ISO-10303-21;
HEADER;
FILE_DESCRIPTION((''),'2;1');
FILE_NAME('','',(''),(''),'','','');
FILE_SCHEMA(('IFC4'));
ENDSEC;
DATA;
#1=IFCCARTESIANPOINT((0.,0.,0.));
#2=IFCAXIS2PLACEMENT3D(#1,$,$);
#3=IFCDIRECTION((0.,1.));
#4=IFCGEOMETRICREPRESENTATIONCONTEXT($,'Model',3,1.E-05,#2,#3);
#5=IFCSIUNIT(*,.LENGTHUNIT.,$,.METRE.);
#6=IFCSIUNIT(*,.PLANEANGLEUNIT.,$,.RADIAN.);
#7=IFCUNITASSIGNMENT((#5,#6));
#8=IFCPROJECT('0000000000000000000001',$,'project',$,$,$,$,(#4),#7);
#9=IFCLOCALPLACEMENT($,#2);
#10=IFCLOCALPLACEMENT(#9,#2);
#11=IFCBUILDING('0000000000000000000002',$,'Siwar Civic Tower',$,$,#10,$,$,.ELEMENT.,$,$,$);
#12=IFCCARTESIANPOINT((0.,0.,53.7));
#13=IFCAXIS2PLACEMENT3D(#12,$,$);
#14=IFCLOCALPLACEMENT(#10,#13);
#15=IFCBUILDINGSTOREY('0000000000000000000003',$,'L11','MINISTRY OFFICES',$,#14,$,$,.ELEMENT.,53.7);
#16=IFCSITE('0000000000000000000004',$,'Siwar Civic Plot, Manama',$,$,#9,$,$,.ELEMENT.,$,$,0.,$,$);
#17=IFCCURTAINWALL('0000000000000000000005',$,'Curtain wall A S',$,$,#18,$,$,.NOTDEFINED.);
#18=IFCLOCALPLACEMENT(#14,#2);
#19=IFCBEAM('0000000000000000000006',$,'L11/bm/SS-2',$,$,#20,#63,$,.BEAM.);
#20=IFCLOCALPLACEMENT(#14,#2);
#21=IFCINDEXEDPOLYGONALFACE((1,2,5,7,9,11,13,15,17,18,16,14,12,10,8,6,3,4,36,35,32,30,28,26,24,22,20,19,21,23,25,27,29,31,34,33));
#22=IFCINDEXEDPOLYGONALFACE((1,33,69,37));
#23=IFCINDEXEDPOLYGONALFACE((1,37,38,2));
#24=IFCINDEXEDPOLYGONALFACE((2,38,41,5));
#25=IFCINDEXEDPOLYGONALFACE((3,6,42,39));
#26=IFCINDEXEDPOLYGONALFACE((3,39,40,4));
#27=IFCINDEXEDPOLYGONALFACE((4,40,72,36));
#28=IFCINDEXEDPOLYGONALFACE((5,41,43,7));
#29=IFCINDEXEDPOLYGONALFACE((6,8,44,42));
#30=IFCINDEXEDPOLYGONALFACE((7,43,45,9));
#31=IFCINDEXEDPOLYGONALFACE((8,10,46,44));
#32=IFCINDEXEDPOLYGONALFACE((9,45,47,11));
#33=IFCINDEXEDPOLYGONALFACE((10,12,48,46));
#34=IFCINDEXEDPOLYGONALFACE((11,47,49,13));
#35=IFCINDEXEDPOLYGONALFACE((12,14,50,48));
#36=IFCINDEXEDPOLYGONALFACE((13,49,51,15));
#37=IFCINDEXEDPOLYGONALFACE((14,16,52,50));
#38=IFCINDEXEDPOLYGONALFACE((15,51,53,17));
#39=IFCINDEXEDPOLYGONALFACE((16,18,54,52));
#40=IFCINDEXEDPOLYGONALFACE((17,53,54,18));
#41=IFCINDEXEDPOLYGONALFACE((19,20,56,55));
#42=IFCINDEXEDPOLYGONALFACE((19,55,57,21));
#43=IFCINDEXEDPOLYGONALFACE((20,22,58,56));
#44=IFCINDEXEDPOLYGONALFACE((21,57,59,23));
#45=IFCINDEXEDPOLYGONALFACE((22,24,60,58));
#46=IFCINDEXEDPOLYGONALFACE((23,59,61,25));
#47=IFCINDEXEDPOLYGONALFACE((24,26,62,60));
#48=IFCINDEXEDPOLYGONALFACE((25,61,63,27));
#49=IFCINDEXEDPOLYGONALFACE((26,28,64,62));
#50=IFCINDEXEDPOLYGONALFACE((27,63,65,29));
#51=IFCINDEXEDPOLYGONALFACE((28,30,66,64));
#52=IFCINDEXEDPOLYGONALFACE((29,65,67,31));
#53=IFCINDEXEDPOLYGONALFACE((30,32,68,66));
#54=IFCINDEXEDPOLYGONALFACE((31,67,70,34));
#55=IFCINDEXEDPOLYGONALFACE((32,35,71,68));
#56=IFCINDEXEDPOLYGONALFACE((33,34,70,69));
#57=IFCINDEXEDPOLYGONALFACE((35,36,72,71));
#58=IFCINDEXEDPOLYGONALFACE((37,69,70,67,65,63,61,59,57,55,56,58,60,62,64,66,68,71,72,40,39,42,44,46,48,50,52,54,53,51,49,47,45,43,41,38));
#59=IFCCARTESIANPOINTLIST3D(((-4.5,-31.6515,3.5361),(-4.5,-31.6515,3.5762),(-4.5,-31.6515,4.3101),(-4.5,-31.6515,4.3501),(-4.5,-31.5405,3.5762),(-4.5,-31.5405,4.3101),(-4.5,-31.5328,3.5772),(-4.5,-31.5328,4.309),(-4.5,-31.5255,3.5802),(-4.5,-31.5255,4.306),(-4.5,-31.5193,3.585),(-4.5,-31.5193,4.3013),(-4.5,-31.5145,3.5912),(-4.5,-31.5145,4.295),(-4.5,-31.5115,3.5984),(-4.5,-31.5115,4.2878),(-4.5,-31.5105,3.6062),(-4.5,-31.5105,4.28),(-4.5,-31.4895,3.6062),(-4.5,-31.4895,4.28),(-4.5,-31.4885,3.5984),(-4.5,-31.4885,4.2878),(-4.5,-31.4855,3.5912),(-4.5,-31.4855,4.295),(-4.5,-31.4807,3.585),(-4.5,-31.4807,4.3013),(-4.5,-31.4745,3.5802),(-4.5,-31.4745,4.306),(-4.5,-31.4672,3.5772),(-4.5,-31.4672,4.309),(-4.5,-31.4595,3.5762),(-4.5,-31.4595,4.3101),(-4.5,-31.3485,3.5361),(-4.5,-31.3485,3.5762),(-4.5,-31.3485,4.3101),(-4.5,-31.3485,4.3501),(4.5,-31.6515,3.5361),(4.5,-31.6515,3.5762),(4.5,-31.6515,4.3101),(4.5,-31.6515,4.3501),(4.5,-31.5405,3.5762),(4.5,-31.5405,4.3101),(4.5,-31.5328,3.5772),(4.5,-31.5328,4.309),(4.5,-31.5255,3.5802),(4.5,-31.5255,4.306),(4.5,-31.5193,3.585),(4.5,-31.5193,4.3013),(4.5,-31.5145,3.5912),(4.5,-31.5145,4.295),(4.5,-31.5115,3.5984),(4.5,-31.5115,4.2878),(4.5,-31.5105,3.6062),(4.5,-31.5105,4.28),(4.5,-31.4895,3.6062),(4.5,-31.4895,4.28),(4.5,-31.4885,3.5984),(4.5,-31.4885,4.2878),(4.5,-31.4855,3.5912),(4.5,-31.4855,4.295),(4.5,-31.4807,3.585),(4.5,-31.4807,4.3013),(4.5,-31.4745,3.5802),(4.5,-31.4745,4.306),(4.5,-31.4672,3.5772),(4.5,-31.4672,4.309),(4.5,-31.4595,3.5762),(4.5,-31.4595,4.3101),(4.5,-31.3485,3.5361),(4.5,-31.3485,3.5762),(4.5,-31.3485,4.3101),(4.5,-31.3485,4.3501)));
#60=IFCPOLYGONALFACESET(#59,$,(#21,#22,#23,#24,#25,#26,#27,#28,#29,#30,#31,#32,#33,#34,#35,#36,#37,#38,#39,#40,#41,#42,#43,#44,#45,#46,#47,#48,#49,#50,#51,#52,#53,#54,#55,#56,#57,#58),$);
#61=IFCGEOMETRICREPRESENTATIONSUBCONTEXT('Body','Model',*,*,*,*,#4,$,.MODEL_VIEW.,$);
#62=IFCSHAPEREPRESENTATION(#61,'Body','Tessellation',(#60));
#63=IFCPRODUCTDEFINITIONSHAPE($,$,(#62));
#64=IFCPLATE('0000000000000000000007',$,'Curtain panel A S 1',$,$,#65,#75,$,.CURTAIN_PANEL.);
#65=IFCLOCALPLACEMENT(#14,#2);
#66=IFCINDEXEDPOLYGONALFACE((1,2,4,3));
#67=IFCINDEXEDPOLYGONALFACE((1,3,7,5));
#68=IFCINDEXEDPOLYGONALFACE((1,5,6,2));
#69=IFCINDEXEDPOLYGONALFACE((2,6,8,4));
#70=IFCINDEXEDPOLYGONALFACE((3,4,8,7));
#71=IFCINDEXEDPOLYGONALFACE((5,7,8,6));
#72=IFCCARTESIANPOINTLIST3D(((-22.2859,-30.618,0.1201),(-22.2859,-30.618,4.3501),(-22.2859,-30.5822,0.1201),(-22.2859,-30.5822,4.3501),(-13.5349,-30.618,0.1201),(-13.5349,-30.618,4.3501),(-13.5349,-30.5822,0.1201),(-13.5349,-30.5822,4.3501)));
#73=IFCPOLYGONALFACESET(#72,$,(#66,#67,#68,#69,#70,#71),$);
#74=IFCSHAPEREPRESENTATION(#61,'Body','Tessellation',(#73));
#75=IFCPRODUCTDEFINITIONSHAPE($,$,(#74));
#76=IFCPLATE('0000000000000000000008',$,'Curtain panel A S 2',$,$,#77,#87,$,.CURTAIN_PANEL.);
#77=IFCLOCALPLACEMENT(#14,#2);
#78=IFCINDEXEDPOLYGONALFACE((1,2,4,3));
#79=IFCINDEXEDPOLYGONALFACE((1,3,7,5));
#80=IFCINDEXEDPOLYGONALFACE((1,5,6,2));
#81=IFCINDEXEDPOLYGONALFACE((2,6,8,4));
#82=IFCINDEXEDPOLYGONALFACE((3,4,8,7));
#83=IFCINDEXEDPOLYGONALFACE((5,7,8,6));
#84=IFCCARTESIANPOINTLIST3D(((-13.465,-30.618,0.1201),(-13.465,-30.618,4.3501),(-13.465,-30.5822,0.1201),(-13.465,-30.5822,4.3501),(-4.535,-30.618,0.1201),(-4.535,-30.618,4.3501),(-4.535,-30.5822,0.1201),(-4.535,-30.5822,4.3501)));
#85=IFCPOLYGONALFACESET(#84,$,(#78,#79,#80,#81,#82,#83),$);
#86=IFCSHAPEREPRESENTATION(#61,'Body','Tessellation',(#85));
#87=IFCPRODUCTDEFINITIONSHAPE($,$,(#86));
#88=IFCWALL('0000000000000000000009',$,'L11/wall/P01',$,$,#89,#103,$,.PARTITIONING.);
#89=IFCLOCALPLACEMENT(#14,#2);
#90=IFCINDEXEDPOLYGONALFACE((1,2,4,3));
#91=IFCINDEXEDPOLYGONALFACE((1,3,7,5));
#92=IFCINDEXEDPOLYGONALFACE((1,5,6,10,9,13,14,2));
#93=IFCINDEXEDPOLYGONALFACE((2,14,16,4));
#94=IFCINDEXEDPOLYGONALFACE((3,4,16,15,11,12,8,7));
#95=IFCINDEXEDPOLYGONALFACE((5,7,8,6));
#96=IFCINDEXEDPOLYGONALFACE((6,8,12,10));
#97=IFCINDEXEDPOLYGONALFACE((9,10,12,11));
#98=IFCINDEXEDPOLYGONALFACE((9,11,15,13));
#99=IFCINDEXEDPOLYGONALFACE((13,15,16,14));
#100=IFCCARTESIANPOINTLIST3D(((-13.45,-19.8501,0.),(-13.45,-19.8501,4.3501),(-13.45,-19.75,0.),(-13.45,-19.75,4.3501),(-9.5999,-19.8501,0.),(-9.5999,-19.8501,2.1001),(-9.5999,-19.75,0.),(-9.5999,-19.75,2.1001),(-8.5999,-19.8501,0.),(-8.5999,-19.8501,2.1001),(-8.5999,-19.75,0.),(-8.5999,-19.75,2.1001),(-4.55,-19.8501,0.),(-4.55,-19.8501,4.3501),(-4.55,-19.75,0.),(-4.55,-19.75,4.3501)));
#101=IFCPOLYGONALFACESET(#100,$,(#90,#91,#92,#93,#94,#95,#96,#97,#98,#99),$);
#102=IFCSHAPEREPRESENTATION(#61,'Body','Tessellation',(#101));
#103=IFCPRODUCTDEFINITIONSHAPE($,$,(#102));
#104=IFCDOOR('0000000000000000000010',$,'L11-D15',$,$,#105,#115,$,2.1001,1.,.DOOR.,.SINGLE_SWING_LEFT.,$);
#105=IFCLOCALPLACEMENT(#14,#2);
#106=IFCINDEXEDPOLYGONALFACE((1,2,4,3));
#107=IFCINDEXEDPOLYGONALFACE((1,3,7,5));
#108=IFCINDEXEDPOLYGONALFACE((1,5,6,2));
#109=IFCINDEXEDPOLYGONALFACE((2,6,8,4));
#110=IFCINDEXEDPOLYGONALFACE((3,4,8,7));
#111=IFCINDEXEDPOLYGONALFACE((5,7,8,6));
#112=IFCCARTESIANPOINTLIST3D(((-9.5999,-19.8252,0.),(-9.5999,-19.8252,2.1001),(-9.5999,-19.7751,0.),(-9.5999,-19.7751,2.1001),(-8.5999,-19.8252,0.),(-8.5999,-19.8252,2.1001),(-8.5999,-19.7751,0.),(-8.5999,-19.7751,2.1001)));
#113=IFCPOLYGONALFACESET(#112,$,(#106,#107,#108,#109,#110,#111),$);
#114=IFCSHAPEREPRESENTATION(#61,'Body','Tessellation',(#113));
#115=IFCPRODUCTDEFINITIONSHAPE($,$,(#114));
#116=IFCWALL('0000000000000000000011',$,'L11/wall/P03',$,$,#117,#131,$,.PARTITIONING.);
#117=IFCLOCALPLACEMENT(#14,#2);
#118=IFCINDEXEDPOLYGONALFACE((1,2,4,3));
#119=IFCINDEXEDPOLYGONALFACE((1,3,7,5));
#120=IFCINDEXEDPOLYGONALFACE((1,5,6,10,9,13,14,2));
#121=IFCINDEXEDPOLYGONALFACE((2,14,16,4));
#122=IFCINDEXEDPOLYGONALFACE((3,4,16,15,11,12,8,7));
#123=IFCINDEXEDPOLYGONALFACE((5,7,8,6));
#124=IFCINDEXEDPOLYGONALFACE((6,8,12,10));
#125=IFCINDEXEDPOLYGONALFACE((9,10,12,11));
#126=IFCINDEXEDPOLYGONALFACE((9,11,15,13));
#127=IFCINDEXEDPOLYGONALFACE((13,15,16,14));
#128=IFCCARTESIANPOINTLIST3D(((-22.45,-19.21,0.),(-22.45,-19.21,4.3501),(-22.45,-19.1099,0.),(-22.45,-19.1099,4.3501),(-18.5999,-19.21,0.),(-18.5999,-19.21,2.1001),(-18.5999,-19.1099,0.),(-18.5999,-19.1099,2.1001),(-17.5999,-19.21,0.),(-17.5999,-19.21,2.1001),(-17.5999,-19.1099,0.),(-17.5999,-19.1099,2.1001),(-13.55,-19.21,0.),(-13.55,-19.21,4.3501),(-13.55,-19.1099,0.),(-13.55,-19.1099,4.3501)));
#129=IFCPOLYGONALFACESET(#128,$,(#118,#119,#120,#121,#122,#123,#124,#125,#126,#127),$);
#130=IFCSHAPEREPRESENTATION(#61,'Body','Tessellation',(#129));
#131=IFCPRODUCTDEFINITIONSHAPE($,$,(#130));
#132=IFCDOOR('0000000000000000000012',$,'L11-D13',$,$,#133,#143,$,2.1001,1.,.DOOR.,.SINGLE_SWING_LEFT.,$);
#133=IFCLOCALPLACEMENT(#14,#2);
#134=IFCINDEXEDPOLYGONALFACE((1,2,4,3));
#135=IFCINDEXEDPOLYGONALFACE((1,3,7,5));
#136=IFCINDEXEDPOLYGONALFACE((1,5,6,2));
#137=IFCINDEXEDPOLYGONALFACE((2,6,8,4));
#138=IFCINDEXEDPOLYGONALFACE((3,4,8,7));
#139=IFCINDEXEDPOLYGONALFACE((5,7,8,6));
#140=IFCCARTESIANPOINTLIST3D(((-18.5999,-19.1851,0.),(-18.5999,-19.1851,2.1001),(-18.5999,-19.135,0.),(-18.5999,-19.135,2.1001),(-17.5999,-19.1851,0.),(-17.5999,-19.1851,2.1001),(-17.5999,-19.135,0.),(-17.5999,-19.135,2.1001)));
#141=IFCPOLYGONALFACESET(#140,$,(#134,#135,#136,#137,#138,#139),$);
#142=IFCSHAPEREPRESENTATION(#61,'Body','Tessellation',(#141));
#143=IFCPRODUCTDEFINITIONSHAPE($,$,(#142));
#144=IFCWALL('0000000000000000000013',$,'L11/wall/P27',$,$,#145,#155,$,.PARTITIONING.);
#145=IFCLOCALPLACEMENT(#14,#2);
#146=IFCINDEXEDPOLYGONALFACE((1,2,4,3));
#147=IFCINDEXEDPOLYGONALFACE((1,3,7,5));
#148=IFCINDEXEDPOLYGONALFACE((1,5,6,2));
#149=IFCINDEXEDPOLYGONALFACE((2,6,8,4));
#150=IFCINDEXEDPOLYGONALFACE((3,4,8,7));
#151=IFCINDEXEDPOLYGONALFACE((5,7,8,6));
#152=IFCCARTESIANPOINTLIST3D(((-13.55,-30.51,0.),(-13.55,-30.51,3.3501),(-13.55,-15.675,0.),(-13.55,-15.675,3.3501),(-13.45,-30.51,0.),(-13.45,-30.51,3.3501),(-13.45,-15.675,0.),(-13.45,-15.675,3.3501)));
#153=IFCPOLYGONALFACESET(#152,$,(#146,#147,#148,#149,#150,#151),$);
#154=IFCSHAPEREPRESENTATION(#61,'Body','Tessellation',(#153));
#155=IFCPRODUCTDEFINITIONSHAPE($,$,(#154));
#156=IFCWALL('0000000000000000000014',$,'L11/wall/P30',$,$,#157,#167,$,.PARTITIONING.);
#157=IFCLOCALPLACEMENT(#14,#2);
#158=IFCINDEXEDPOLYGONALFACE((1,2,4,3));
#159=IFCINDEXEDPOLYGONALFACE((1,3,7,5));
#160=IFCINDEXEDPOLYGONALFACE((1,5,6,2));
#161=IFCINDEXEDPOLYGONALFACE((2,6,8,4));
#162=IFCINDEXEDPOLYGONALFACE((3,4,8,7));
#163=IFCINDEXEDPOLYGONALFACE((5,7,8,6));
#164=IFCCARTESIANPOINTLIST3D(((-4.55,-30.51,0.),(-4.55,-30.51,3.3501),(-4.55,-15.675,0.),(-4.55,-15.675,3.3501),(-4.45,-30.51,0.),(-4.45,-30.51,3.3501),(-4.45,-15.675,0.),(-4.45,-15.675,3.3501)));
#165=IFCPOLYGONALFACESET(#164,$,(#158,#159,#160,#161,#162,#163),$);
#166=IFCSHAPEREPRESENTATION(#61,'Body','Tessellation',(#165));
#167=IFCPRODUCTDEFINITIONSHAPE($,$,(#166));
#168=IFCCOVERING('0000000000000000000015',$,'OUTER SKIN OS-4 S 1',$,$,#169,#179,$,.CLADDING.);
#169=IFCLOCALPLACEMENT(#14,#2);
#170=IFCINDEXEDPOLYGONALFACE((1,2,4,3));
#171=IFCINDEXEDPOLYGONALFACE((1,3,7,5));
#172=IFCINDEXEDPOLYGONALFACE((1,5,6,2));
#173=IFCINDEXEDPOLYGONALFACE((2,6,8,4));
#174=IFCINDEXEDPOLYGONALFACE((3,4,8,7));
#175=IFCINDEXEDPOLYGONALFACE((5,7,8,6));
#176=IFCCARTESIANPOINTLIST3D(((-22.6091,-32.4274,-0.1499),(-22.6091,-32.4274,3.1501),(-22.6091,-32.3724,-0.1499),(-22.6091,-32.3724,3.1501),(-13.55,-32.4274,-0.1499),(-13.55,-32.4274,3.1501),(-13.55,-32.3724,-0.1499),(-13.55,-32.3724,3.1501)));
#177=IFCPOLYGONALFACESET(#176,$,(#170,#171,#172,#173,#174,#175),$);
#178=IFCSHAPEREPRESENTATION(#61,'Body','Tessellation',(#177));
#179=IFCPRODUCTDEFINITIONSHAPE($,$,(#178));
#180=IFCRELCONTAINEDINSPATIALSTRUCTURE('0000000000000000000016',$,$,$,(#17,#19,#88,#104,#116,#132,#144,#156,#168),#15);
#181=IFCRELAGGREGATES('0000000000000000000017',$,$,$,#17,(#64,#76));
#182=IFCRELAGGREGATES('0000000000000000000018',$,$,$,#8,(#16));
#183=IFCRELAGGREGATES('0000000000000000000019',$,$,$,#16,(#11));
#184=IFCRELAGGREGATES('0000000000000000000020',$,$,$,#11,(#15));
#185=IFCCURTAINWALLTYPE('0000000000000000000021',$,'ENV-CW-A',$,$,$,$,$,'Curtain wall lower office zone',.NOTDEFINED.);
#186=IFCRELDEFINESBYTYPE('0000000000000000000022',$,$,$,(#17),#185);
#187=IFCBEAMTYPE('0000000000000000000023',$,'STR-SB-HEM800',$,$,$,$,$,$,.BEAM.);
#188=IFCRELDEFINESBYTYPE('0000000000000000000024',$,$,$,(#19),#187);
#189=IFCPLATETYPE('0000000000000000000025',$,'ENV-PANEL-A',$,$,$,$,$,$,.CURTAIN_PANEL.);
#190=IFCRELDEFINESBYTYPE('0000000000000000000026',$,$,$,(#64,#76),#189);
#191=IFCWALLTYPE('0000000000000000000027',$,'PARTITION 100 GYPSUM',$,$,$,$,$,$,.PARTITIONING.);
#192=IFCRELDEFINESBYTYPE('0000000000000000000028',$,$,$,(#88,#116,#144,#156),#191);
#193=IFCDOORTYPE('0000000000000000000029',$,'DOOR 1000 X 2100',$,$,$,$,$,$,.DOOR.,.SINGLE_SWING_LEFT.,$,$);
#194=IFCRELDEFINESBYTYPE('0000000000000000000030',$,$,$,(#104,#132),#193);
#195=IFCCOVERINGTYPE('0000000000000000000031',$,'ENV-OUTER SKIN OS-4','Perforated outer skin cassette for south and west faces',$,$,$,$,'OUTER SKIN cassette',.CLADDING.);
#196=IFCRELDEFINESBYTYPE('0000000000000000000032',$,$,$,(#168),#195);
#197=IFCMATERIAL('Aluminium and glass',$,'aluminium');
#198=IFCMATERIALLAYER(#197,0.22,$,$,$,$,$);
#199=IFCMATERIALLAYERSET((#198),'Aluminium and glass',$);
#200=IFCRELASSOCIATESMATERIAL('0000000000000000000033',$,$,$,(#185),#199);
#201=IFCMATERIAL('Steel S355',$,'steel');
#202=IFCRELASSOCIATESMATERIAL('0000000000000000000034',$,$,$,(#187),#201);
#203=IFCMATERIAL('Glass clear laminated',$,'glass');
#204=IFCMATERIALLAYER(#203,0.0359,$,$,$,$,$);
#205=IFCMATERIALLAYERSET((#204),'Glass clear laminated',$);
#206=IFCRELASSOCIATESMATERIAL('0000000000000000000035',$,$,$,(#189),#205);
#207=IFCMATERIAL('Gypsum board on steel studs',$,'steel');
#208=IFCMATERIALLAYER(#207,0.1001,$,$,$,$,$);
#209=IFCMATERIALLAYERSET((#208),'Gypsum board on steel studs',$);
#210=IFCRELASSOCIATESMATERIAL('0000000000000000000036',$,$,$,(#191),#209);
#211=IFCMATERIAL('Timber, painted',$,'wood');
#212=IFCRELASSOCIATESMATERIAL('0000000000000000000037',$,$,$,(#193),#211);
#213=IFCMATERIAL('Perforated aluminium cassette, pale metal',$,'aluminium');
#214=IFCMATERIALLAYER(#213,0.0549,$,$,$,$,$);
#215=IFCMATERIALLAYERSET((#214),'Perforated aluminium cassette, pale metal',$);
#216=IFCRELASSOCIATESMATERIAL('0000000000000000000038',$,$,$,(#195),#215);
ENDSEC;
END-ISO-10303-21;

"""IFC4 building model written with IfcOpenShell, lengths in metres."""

from ifc_helpers import new_model, si_unit, direction, frame, frame_2d, origin, origin_2d, place, context, subcontext, project, spatial, rectangle, i_section, extrude, material, layer, layer_set, material_profile, profile_set, type_object, element, fill, aggregate, save


model = new_model("IFC4")

# Units and contexts
model_context = context("Model", 3, precision=1e-05, world=origin(), true_north=direction((0.0, 1.0)))
body_context = subcontext(model_context, "Body", "Model", "MODEL_VIEW")
ifc_project = project(units=[si_unit("LENGTHUNIT", "METRE"), si_unit("PLANEANGLEUNIT", "RADIAN")], contexts=[model_context])

# Site, building, storey
site_placement = place(None, origin())
site = spatial("IfcSite", under=ifc_project, at=site_placement, Name="Siwar Civic Plot, Manama", CompositionType="ELEMENT", RefElevation=0.0)
building_placement = place(site_placement, origin())
building = spatial("IfcBuilding", under=site, at=building_placement, Name="Siwar Civic Tower", CompositionType="ELEMENT")
storey_placement = place(building_placement, frame((0.0, 0.0, 53.7)))
storey = spatial("IfcBuildingStorey", under=building, at=storey_placement, Name="L11", Description="MINISTRY OFFICES", CompositionType="ELEMENT", Elevation=53.7)

# Curtain wall
ifc_material_1 = material(Name="Aluminium and glass", Category="aluminium")
ifc_layer_1 = layer(ifc_material_1, 0.22)
ifc_layer_set_1 = layer_set([ifc_layer_1], Name="Aluminium and glass")
curtain_wall_type = type_object("IfcCurtainWallType", Name="ENV-CW-A", ElementType="Curtain wall lower office zone", PredefinedType="NOTDEFINED", material=ifc_layer_set_1)
curtain_wall_placement = place(storey_placement, origin())
curtain_wall = element("IfcCurtainWall", 1, at=curtain_wall_placement, inside=storey, type_object=curtain_wall_type, Name="Curtain wall A S", PredefinedType="NOTDEFINED")

# Beam
ifc_material_2 = material(Name="Steel S355", Category="steel")
ifc_material_profile_1 = material_profile(ifc_material_2, i_section(OverallWidth=0.303, OverallDepth=0.814, WebThickness=0.021, FlangeThickness=0.04, FilletRadius=0.03, at=origin_2d()), Name="HEM800")
ifc_profile_set_1 = profile_set([ifc_material_profile_1], Name="Steel S355")
beam_type_1 = type_object("IfcBeamType", Name="STR-SB-HEM800", PredefinedType="BEAM", material=ifc_profile_set_1)
for number, where, z_axis, x_axis, name in (
    (2, (-4.5, -31.5, 3.9431), (1.0, 0.0, 0.0), (0.0, 1.0, 0.0), "L11/bm/SS-2"),
):
    element("IfcBeam", number, at=place(storey_placement, frame(where, z_axis=z_axis, x_axis=x_axis)), inside=storey, type_object=beam_type_1, Name=name, PredefinedType="BEAM", context=body_context, shape_type="SweptSolid", body=[
        extrude(i_section(OverallWidth=0.303, OverallDepth=0.814, WebThickness=0.021, FlangeThickness=0.04, FilletRadius=0.03, at=origin_2d()), origin(), (0.0, 0.0, 1.0), 9.0),
    ])

# Plates
ifc_material_3 = material(Name="Glass clear laminated", Category="glass")
ifc_layer_2 = layer(ifc_material_3, 0.0359)
ifc_layer_set_2 = layer_set([ifc_layer_2], Name="Glass clear laminated")
plate_type = type_object("IfcPlateType", Name="ENV-PANEL-A", PredefinedType="CURTAIN_PANEL", material=ifc_layer_set_2)
plate_1_placement = place(storey_placement, frame((-17.9104, -30.6001, 0.1201), z_axis=(0.0, 0.0, 1.0), x_axis=(1.0, 0.0, 0.0)))
plate_1 = element("IfcPlate", 3, at=plate_1_placement, type_object=plate_type, Name="Curtain panel A S 1", PredefinedType="CURTAIN_PANEL", context=body_context, shape_type="SweptSolid", body=[
    extrude(rectangle(XDim=8.751, YDim=0.0359, at=origin_2d()), origin(), (0.0, 0.0, 1.0), 4.23),
])
plate_2_placement = place(storey_placement, frame((-9.0, -30.6001, 0.1201), z_axis=(0.0, 0.0, 1.0), x_axis=(1.0, 0.0, 0.0)))
plate_2 = element("IfcPlate", 4, at=plate_2_placement, type_object=plate_type, Name="Curtain panel A S 2", PredefinedType="CURTAIN_PANEL", context=body_context, shape_type="SweptSolid", body=[
    extrude(rectangle(XDim=8.9299, YDim=0.0359, at=origin_2d()), origin(), (0.0, 0.0, 1.0), 4.23),
])
aggregate(curtain_wall, [plate_1, plate_2])

# Walls, openings, doors
ifc_material_4 = material(Name="Gypsum board on steel studs", Category="steel")
ifc_layer_3 = layer(ifc_material_4, 0.1001)
ifc_layer_set_3 = layer_set([ifc_layer_3], Name="Gypsum board on steel studs")
wall_type = type_object("IfcWallType", Name="PARTITION 100 GYPSUM", PredefinedType="PARTITIONING", material=ifc_layer_set_3)
wall_1_placement = place(storey_placement, frame((-13.45, -19.8, 0.0), z_axis=(0.0, 0.0, 1.0), x_axis=(1.0, 0.0, 0.0)))
wall_1 = element("IfcWall", 5, at=wall_1_placement, inside=storey, type_object=wall_type, Name="L11/wall/P01", PredefinedType="PARTITIONING", context=body_context, shape_type="SweptSolid", body=[
    extrude(rectangle(XDim=8.8999, YDim=0.1001, at=frame_2d((4.45, 0.0))), origin(), (0.0, 0.0, 1.0), 4.3501),
])
opening_1_placement = place(wall_1_placement, frame((3.8501, 0.0, 0.0)))
opening_1 = element("IfcOpeningElement", 6, at=opening_1_placement, cuts=wall_1, PredefinedType="OPENING", context=body_context, shape_type="SweptSolid", body=[
    extrude(rectangle(XDim=1.0, YDim=2.1001, at=frame_2d((0.5, 1.05))), frame((0.0, 0.0601, 0.0), z_axis=(0.0, -1.0, 0.0), x_axis=(1.0, 0.0, 0.0)), (0.0, 0.0, 1.0), 0.1201),
])
ifc_material_5 = material(Name="Timber, painted", Category="wood")
door_type = type_object("IfcDoorType", Name="DOOR 1000 X 2100", OperationType="SINGLE_SWING_LEFT", PredefinedType="DOOR", material=ifc_material_5)
door_1_placement = place(opening_1_placement, origin())
door_1 = element("IfcDoor", 7, at=door_1_placement, inside=storey, type_object=door_type, Name="L11-D15", OperationType="SINGLE_SWING_LEFT", OverallHeight=2.1001, OverallWidth=1.0, PredefinedType="DOOR", context=body_context, shape_type="SweptSolid", body=[
    extrude(rectangle(XDim=1.0, YDim=2.1001, at=frame_2d((0.5, 1.05))), frame((0.0, 0.0249, 0.0), z_axis=(0.0, -1.0, 0.0), x_axis=(1.0, 0.0, 0.0)), (0.0, 0.0, 1.0), 0.05),
])
fill(opening_1, door_1)
wall_2_placement = place(storey_placement, frame((-22.45, -19.1599, 0.0), z_axis=(0.0, 0.0, 1.0), x_axis=(1.0, 0.0, 0.0)))
wall_2 = element("IfcWall", 8, at=wall_2_placement, inside=storey, type_object=wall_type, Name="L11/wall/P03", PredefinedType="PARTITIONING", context=body_context, shape_type="SweptSolid", body=[
    extrude(rectangle(XDim=8.8999, YDim=0.1001, at=frame_2d((4.45, 0.0))), origin(), (0.0, 0.0, 1.0), 4.3501),
])
opening_2_placement = place(wall_2_placement, frame((3.8501, 0.0, 0.0)))
opening_2 = element("IfcOpeningElement", 9, at=opening_2_placement, cuts=wall_2, PredefinedType="OPENING", context=body_context, shape_type="SweptSolid", body=[
    extrude(rectangle(XDim=1.0, YDim=2.1001, at=frame_2d((0.5, 1.05))), frame((0.0, 0.0601, 0.0), z_axis=(0.0, -1.0, 0.0), x_axis=(1.0, 0.0, 0.0)), (0.0, 0.0, 1.0), 0.1201),
])
door_2_placement = place(opening_2_placement, origin())
door_2 = element("IfcDoor", 10, at=door_2_placement, inside=storey, type_object=door_type, Name="L11-D13", OperationType="SINGLE_SWING_LEFT", OverallHeight=2.1001, OverallWidth=1.0, PredefinedType="DOOR", context=body_context, shape_type="SweptSolid", body=[
    extrude(rectangle(XDim=1.0, YDim=2.1001, at=frame_2d((0.5, 1.05))), frame((0.0, 0.0249, 0.0), z_axis=(0.0, -1.0, 0.0), x_axis=(1.0, 0.0, 0.0)), (0.0, 0.0, 1.0), 0.05),
])
fill(opening_2, door_2)

# Walls
for number, where, z_axis, x_axis, name in (
    (11, (-13.5, -30.51, 0.0), (0.0, 0.0, 1.0), (0.0, 1.0, 0.0), "L11/wall/P27"),
    (12, (-4.5, -30.51, 0.0), (0.0, 0.0, 1.0), (0.0, 1.0, 0.0), "L11/wall/P30"),
):
    element("IfcWall", number, at=place(storey_placement, frame(where, z_axis=z_axis, x_axis=x_axis)), inside=storey, type_object=wall_type, Name=name, PredefinedType="PARTITIONING", context=body_context, shape_type="SweptSolid", body=[
        extrude(rectangle(XDim=14.835, YDim=0.1001, at=frame_2d((7.4175, 0.0))), origin(), (0.0, 0.0, 1.0), 3.3501),
    ])

# Covering
ifc_material_6 = material(Name="Perforated aluminium cassette, pale metal", Category="aluminium")
ifc_layer_4 = layer(ifc_material_6, 0.0549)
ifc_layer_set_4 = layer_set([ifc_layer_4], Name="Perforated aluminium cassette, pale metal")
covering_type = type_object("IfcCoveringType", Name="ENV-OUTER SKIN OS-4", Description="Perforated outer skin cassette for south and west faces", ElementType="OUTER SKIN cassette", PredefinedType="CLADDING", material=ifc_layer_set_4)
covering_1_placement = place(storey_placement, frame((-18.0796, -32.3999, -0.1499), z_axis=(0.0, 0.0, 1.0), x_axis=(1.0, 0.0, 0.0)))
element("IfcCovering", 13, at=covering_1_placement, inside=storey, type_object=covering_type, Name="OUTER SKIN OS-4 S 1", PredefinedType="CLADDING", context=body_context, shape_type="SweptSolid", body=[
    extrude(rectangle(XDim=9.0591, YDim=0.0549, at=origin_2d()), origin(), (0.0, 0.0, 1.0), 3.3),
])

save(model, "model.ifc")
